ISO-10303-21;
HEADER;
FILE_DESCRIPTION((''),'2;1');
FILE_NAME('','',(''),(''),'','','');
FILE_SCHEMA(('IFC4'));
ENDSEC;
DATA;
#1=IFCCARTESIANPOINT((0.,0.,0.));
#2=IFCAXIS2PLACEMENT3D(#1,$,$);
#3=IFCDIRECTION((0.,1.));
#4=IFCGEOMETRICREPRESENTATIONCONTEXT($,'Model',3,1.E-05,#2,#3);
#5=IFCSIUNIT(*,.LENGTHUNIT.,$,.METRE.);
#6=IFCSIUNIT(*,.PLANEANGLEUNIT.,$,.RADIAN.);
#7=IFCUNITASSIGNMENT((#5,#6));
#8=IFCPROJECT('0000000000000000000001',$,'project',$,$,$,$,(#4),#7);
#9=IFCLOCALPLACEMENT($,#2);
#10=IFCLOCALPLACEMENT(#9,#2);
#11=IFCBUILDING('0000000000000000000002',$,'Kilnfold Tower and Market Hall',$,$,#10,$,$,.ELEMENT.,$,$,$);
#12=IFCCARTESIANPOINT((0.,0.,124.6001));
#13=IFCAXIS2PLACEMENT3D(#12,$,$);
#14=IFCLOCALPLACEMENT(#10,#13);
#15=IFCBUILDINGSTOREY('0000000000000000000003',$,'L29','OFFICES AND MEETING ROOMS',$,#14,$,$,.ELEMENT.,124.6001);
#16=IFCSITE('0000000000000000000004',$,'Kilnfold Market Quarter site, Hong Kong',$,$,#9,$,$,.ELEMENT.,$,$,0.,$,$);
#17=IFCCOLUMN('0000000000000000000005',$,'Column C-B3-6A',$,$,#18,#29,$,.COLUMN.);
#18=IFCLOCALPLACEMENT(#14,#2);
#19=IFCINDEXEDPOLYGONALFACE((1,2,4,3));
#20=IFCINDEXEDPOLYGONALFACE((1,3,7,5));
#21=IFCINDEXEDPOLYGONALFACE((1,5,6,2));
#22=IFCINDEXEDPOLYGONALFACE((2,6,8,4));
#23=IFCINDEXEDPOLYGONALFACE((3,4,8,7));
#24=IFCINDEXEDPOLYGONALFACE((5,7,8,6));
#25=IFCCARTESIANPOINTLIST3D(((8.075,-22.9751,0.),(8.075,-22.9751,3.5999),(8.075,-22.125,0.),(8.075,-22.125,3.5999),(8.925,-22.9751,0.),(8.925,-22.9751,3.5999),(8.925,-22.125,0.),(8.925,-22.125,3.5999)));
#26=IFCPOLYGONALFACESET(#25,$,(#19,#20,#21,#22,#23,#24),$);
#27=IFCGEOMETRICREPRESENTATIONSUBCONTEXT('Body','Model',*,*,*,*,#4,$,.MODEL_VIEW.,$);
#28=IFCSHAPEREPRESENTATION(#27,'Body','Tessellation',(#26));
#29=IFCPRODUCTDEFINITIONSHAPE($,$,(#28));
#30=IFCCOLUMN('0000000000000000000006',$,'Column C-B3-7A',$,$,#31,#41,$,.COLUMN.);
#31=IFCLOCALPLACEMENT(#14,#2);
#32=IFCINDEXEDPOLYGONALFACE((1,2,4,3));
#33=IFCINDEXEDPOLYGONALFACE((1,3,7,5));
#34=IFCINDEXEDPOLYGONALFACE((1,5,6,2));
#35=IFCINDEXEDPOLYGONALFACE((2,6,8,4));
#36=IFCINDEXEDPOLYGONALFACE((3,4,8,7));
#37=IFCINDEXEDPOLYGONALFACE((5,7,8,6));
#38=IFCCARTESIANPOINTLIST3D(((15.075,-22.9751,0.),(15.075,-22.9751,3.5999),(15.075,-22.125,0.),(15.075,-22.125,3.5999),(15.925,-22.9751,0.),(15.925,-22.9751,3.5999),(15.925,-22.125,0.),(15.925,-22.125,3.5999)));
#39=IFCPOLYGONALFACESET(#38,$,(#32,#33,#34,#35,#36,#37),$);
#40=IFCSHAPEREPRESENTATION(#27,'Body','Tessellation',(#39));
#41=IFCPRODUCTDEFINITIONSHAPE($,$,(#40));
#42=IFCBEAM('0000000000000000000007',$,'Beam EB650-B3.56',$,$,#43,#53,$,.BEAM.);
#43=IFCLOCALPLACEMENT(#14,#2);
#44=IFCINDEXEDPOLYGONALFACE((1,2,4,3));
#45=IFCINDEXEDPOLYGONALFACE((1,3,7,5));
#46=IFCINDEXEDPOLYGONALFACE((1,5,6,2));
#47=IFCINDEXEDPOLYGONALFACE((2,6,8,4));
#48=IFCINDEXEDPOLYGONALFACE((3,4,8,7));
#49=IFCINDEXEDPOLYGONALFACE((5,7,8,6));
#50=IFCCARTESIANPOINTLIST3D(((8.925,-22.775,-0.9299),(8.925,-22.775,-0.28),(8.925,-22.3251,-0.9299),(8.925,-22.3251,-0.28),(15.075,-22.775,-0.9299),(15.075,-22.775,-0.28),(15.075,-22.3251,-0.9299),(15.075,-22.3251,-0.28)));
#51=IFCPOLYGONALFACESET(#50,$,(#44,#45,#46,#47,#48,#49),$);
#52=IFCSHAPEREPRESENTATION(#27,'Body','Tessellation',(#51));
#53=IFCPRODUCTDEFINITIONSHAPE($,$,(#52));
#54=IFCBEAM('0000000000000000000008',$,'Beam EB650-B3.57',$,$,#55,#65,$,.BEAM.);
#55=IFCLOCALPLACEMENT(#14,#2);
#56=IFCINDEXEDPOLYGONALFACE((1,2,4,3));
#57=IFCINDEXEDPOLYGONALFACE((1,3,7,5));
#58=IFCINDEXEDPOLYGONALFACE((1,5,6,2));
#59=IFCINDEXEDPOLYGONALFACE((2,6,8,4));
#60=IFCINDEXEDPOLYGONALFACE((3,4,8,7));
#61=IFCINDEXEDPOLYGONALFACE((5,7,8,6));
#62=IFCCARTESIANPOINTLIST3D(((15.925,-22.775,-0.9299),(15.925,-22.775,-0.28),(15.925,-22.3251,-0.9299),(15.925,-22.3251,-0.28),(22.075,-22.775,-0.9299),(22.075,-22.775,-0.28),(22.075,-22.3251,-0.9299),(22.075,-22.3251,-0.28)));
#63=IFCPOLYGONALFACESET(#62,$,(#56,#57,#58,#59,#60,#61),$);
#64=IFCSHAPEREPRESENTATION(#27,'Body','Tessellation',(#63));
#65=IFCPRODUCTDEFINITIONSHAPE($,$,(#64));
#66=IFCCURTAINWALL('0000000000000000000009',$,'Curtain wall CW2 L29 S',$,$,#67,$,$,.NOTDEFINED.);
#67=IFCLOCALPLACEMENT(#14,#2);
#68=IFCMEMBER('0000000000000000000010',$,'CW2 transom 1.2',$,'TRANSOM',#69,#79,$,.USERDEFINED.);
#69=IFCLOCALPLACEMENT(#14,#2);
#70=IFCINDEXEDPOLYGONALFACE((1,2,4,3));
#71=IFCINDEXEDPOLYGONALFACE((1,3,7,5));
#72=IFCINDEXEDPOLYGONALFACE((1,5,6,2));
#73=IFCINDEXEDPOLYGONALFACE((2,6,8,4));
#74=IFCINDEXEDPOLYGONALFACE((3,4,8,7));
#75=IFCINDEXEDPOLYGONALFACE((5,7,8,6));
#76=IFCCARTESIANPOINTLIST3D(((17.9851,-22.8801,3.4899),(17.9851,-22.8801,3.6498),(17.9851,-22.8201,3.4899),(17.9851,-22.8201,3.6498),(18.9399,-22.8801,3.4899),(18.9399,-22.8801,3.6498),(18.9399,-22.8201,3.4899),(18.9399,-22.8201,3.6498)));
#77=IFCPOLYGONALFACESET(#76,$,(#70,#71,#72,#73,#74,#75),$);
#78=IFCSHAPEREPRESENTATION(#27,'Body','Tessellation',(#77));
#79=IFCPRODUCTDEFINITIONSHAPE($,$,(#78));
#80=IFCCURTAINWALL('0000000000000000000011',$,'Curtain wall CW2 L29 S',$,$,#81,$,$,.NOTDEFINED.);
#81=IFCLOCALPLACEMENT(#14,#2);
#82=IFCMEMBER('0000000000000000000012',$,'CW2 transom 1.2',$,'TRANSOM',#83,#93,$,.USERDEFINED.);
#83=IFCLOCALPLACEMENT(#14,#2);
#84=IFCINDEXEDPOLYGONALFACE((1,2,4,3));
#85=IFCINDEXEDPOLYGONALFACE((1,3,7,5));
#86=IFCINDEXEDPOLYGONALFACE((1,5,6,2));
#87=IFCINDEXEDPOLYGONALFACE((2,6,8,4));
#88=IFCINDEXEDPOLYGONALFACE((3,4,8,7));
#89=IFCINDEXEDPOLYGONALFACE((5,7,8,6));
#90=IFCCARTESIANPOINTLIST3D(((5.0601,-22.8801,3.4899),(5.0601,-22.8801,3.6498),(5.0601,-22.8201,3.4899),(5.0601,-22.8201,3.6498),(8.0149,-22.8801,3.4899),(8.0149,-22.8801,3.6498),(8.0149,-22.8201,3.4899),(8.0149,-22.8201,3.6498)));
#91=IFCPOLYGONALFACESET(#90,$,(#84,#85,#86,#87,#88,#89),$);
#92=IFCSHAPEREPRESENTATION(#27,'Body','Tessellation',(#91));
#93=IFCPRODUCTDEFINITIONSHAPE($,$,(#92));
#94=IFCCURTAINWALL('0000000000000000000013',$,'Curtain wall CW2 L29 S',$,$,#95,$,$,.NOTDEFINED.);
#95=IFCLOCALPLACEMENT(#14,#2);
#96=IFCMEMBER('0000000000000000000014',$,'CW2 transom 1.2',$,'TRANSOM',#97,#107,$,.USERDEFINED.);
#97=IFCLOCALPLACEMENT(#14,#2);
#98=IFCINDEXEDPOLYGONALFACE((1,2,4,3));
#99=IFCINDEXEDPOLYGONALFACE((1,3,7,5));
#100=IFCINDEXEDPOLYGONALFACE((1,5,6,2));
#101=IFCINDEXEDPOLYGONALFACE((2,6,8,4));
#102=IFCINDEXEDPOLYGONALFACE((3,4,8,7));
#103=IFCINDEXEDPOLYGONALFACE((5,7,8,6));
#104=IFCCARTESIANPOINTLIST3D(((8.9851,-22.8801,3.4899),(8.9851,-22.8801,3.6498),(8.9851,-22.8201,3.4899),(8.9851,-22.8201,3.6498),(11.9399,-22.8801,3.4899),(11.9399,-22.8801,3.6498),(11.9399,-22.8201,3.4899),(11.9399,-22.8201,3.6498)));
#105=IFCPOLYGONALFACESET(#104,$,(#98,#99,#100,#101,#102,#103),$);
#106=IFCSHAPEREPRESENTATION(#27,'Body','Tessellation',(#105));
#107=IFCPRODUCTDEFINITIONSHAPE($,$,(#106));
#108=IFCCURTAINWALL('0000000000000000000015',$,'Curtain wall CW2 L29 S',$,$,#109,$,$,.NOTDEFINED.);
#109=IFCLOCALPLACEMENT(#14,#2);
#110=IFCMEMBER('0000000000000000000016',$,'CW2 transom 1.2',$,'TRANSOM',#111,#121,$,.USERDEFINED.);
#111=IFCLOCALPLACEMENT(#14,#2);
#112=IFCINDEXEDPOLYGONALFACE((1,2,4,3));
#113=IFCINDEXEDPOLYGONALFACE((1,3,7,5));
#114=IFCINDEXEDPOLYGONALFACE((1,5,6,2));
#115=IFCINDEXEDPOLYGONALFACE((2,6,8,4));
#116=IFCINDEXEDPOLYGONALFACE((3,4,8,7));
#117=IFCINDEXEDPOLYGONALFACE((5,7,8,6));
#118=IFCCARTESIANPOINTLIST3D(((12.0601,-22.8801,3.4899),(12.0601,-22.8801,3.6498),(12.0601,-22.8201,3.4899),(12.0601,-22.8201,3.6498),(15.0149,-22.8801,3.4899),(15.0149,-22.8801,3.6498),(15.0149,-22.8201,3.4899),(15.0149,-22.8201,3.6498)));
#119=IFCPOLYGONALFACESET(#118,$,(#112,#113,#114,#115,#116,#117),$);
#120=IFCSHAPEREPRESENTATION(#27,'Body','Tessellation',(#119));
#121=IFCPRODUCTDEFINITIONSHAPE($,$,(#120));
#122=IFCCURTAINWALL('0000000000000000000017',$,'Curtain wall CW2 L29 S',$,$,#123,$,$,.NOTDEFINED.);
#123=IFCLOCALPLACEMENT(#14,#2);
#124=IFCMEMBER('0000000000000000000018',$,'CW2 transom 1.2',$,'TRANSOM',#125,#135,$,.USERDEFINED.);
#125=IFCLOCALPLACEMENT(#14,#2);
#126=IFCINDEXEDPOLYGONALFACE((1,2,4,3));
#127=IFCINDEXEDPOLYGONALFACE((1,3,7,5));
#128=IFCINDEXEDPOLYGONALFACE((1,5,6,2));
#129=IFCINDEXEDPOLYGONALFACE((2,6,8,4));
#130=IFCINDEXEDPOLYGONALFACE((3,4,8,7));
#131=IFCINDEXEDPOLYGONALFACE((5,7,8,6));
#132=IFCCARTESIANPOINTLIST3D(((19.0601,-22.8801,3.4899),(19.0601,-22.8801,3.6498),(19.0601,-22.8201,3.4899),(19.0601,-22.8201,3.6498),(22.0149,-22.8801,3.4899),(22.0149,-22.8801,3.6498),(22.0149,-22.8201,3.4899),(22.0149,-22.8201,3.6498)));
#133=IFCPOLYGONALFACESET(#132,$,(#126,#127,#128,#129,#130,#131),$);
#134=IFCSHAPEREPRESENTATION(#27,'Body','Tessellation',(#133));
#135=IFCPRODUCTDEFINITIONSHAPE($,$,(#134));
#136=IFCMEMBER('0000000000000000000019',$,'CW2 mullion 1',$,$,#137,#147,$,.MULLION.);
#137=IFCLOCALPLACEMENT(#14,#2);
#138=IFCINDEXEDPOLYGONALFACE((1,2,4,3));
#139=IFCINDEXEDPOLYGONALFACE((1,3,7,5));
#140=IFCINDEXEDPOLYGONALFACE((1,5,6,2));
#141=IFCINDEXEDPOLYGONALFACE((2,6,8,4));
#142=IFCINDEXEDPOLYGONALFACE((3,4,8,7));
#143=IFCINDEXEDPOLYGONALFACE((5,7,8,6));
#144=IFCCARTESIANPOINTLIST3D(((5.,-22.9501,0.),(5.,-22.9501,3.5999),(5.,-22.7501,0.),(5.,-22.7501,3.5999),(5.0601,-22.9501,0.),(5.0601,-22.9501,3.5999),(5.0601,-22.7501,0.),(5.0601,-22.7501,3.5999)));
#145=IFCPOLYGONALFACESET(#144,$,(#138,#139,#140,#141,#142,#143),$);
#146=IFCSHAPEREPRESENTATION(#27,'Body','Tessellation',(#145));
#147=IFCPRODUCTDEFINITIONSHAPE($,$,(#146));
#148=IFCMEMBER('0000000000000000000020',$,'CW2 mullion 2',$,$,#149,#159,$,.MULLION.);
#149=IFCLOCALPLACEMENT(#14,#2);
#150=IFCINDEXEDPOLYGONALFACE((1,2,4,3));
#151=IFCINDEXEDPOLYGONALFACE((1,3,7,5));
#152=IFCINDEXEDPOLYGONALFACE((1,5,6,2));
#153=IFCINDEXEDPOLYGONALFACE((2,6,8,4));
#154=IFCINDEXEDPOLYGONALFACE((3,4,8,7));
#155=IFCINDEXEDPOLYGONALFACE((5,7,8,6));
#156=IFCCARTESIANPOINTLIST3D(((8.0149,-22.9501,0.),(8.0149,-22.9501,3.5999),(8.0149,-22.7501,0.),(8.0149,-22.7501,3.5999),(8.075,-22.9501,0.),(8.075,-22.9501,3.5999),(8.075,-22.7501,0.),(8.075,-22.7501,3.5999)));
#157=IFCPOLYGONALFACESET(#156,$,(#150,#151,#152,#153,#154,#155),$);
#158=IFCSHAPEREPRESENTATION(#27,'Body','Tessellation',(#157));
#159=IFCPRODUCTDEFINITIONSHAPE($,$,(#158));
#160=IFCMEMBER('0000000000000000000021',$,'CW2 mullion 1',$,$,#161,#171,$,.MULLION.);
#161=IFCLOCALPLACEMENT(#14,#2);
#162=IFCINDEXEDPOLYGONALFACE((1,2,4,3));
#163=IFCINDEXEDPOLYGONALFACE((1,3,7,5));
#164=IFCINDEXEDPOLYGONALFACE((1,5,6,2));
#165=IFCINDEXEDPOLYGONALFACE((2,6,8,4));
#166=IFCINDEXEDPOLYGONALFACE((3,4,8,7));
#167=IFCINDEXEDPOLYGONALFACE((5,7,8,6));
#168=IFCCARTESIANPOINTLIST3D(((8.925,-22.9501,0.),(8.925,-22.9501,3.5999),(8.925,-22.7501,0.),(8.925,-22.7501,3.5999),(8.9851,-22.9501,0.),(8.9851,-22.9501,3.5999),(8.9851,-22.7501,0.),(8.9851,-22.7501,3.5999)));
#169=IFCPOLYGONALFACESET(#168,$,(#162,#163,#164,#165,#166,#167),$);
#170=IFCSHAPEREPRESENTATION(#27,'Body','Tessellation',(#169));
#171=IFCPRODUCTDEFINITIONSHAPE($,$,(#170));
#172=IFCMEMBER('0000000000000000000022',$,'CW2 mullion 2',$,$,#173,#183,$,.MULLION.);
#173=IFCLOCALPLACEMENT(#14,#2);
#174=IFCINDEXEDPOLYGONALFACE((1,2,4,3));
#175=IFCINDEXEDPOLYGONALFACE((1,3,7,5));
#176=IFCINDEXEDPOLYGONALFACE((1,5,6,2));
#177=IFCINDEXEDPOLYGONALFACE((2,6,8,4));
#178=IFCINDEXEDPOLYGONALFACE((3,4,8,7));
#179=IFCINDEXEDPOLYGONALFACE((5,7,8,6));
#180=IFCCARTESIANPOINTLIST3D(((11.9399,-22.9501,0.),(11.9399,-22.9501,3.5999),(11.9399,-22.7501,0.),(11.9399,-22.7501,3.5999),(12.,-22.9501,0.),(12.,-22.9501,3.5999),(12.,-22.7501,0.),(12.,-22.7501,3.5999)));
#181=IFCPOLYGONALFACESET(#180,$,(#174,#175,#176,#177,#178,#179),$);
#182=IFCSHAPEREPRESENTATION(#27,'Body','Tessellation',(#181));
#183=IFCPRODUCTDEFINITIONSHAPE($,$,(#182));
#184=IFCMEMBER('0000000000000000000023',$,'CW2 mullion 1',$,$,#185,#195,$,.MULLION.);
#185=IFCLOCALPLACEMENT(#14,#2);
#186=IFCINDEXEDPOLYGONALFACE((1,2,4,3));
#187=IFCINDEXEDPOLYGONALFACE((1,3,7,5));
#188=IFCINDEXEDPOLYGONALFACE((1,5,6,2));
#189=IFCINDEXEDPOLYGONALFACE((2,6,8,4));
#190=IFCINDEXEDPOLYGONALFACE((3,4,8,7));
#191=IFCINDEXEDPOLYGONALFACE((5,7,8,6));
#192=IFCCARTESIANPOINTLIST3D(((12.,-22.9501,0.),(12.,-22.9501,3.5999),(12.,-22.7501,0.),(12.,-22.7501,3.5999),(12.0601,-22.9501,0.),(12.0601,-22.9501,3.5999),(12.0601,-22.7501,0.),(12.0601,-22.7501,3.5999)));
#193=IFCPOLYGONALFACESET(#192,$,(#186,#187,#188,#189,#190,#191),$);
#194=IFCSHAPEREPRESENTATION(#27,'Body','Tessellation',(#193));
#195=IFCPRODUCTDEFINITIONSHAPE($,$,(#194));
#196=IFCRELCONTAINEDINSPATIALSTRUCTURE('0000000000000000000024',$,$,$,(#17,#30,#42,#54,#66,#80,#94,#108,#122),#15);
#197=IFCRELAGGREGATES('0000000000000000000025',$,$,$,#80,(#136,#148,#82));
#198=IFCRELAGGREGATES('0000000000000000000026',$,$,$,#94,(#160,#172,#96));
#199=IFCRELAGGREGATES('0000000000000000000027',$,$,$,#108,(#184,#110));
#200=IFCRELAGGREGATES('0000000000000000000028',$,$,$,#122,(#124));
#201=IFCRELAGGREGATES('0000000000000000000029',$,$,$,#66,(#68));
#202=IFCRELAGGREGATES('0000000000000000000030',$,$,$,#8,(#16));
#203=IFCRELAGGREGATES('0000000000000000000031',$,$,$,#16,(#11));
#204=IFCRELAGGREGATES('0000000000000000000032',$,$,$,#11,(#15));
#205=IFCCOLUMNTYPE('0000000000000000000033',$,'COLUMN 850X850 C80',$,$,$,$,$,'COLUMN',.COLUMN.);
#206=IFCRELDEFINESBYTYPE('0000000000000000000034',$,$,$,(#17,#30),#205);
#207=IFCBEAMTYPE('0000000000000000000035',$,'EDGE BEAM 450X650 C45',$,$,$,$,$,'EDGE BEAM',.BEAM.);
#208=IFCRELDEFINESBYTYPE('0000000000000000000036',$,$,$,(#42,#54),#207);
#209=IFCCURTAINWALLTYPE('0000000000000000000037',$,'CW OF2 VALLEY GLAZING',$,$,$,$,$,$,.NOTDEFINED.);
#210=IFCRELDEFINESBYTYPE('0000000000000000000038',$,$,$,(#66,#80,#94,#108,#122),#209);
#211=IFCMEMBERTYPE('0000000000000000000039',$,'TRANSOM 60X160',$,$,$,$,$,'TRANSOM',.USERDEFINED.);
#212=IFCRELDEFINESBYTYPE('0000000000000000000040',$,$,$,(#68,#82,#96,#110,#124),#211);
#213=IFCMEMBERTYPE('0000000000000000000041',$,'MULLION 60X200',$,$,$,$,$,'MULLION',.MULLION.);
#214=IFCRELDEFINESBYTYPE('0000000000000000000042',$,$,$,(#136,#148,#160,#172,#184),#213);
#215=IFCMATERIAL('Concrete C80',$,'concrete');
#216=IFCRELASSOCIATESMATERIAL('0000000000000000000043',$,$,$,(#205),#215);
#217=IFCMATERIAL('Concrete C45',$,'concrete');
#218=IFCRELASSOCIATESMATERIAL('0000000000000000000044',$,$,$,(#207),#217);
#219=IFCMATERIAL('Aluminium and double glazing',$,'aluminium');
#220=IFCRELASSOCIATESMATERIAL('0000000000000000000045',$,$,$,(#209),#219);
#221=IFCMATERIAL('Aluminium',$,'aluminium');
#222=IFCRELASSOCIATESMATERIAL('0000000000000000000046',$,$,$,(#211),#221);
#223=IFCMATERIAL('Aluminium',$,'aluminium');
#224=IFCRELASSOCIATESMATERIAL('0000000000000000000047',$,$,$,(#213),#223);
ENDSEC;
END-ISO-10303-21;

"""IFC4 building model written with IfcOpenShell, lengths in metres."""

from ifc_helpers import new_model, si_unit, direction, frame, origin, origin_2d, place, context, subcontext, project, spatial, rectangle, extrude, source, transform, mapped, material, material_profile, profile_set, type_object, element, aggregate, save


model = new_model("IFC4")

# Units and contexts
model_context = context("Model", 3, precision=1e-05, world=origin(), true_north=direction((0.0, 1.0)))
body_context = subcontext(model_context, "Body", "Model", "MODEL_VIEW")
ifc_project = project(units=[si_unit("LENGTHUNIT", "METRE"), si_unit("PLANEANGLEUNIT", "RADIAN")], contexts=[model_context])

# Site, building, storey
site_placement = place(None, origin())
site = spatial("IfcSite", under=ifc_project, at=site_placement, Name="Kilnfold Market Quarter site, Hong Kong", CompositionType="ELEMENT", RefElevation=0.0)
building_placement = place(site_placement, origin())
building = spatial("IfcBuilding", under=site, at=building_placement, Name="Kilnfold Tower and Market Hall", CompositionType="ELEMENT")
storey_placement = place(building_placement, frame((0.0, 0.0, 124.6001)))
storey = spatial("IfcBuildingStorey", under=building, at=storey_placement, Name="L29", Description="OFFICES AND MEETING ROOMS", CompositionType="ELEMENT", Elevation=124.6001)

# Columns
ifc_material_1 = material(Name="Concrete C80", Category="concrete")
ifc_material_profile_1 = material_profile(ifc_material_1, rectangle(XDim=0.8501, YDim=0.8501, at=origin_2d()), Name="RC 850x850")
ifc_profile_set_1 = profile_set([ifc_material_profile_1], Name="Concrete C80")
column_type = type_object("IfcColumnType", Name="COLUMN 850X850 C80", ElementType="COLUMN", PredefinedType="COLUMN", material=ifc_profile_set_1)
shared_shape_1 = source(origin(), body_context, "Body", "SweptSolid", [
    extrude(rectangle(XDim=0.8501, YDim=0.8501, at=origin_2d()), origin(), (0.0, 0.0, 1.0), 3.5999),
])
for number, where, z_axis, x_axis, name in (
    (1, (8.5, -22.55, 0.0), (0.0, 0.0, 1.0), (1.0, 0.0, 0.0), "Column C-B3-6A"),
    (2, (15.5, -22.55, 0.0), (0.0, 0.0, 1.0), (1.0, 0.0, 0.0), "Column C-B3-7A"),
):
    element("IfcColumn", number, at=place(storey_placement, frame(where, z_axis=z_axis, x_axis=x_axis)), inside=storey, type_object=column_type, Name=name, PredefinedType="COLUMN", context=body_context, shape_type="MappedRepresentation", body=[
        mapped(shared_shape_1, transform((0.0, 0.0, 0.0))),
    ])

# Beams
ifc_material_2 = material(Name="Concrete C45", Category="concrete")
ifc_material_profile_2 = material_profile(ifc_material_2, rectangle(XDim=0.45, YDim=0.6499, at=origin_2d()), Name="RC 450x650")
ifc_profile_set_2 = profile_set([ifc_material_profile_2], Name="Concrete C45")
beam_type = type_object("IfcBeamType", Name="EDGE BEAM 450X650 C45", ElementType="EDGE BEAM", PredefinedType="BEAM", material=ifc_profile_set_2)
shared_shape_2 = source(origin(), body_context, "Body", "SweptSolid", [
    extrude(rectangle(XDim=0.45, YDim=0.6499, at=origin_2d()), origin(), (0.0, 0.0, 1.0), 6.1499),
])
for number, where, z_axis, x_axis, name in (
    (3, (8.925, -22.55, -0.605), (1.0, 0.0, 0.0), (0.0, 1.0, 0.0), "Beam EB650-B3.56"),
    (4, (15.925, -22.55, -0.605), (1.0, 0.0, 0.0), (0.0, 1.0, 0.0), "Beam EB650-B3.57"),
):
    element("IfcBeam", number, at=place(storey_placement, frame(where, z_axis=z_axis, x_axis=x_axis)), inside=storey, type_object=beam_type, Name=name, PredefinedType="BEAM", context=body_context, shape_type="MappedRepresentation", body=[
        mapped(shared_shape_2, transform((0.0, 0.0, 0.0))),
    ])

# Curtain walls, members
ifc_material_3 = material(Name="Aluminium and double glazing", Category="aluminium")
curtain_wall_type = type_object("IfcCurtainWallType", Name="CW OF2 VALLEY GLAZING", PredefinedType="NOTDEFINED", material=ifc_material_3)
curtain_wall_1_placement = place(storey_placement, origin())
curtain_wall_1 = element("IfcCurtainWall", 5, at=curtain_wall_1_placement, inside=storey, type_object=curtain_wall_type, Name="Curtain wall CW2 L29 S", PredefinedType="NOTDEFINED")
ifc_material_4 = material(Name="Aluminium", Category="aluminium")
ifc_material_profile_3 = material_profile(ifc_material_4, rectangle(XDim=0.0601, YDim=0.1599, at=origin_2d()), Name="TRANSOM 60x160")
ifc_profile_set_3 = profile_set([ifc_material_profile_3], Name="Aluminium")
member_type_1 = type_object("IfcMemberType", Name="TRANSOM 60X160", ElementType="TRANSOM", PredefinedType="USERDEFINED", material=ifc_profile_set_3)
shared_shape_3 = source(origin(), body_context, "Body", "SweptSolid", [
    extrude(rectangle(XDim=0.0601, YDim=0.1599, at=origin_2d()), origin(), (0.0, 0.0, 1.0), 0.9548),
])
member_1_placement = place(storey_placement, frame((17.9851, -22.8501, 3.5698), z_axis=(1.0, 0.0, 0.0), x_axis=(0.0, 1.0, 0.0)))
member_1 = element("IfcMember", 6, at=member_1_placement, type_object=member_type_1, Name="CW2 transom 1.2", ObjectType="TRANSOM", PredefinedType="USERDEFINED", context=body_context, shape_type="MappedRepresentation", body=[
    mapped(shared_shape_3, transform((0.0, 0.0, 0.0))),
])
curtain_wall_2_placement = place(storey_placement, origin())
curtain_wall_2 = element("IfcCurtainWall", 7, at=curtain_wall_2_placement, inside=storey, type_object=curtain_wall_type, Name="Curtain wall CW2 L29 S", PredefinedType="NOTDEFINED")
shared_shape_4 = source(origin(), body_context, "Body", "SweptSolid", [
    extrude(rectangle(XDim=0.0601, YDim=0.1599, at=origin_2d()), origin(), (0.0, 0.0, 1.0), 2.9548),
])
member_2_placement = place(storey_placement, frame((5.0601, -22.8501, 3.5698), z_axis=(1.0, 0.0, 0.0), x_axis=(0.0, 1.0, 0.0)))
member_2 = element("IfcMember", 8, at=member_2_placement, type_object=member_type_1, Name="CW2 transom 1.2", ObjectType="TRANSOM", PredefinedType="USERDEFINED", context=body_context, shape_type="MappedRepresentation", body=[
    mapped(shared_shape_4, transform((0.0, 0.0, 0.0))),
])
curtain_wall_3_placement = place(storey_placement, origin())
curtain_wall_3 = element("IfcCurtainWall", 9, at=curtain_wall_3_placement, inside=storey, type_object=curtain_wall_type, Name="Curtain wall CW2 L29 S", PredefinedType="NOTDEFINED")
member_3_placement = place(storey_placement, frame((8.9851, -22.8501, 3.5698), z_axis=(1.0, 0.0, 0.0), x_axis=(0.0, 1.0, 0.0)))
member_3 = element("IfcMember", 10, at=member_3_placement, type_object=member_type_1, Name="CW2 transom 1.2", ObjectType="TRANSOM", PredefinedType="USERDEFINED", context=body_context, shape_type="MappedRepresentation", body=[
    mapped(shared_shape_4, transform((0.0, 0.0, 0.0))),
])
curtain_wall_4_placement = place(storey_placement, origin())
curtain_wall_4 = element("IfcCurtainWall", 11, at=curtain_wall_4_placement, inside=storey, type_object=curtain_wall_type, Name="Curtain wall CW2 L29 S", PredefinedType="NOTDEFINED")
member_4_placement = place(storey_placement, frame((12.0601, -22.8501, 3.5698), z_axis=(1.0, 0.0, 0.0), x_axis=(0.0, 1.0, 0.0)))
member_4 = element("IfcMember", 12, at=member_4_placement, type_object=member_type_1, Name="CW2 transom 1.2", ObjectType="TRANSOM", PredefinedType="USERDEFINED", context=body_context, shape_type="MappedRepresentation", body=[
    mapped(shared_shape_4, transform((0.0, 0.0, 0.0))),
])
curtain_wall_5_placement = place(storey_placement, origin())
curtain_wall_5 = element("IfcCurtainWall", 13, at=curtain_wall_5_placement, inside=storey, type_object=curtain_wall_type, Name="Curtain wall CW2 L29 S", PredefinedType="NOTDEFINED")
member_5_placement = place(storey_placement, frame((19.0601, -22.8501, 3.5698), z_axis=(1.0, 0.0, 0.0), x_axis=(0.0, 1.0, 0.0)))
member_5 = element("IfcMember", 14, at=member_5_placement, type_object=member_type_1, Name="CW2 transom 1.2", ObjectType="TRANSOM", PredefinedType="USERDEFINED", context=body_context, shape_type="MappedRepresentation", body=[
    mapped(shared_shape_4, transform((0.0, 0.0, 0.0))),
])

# Members
ifc_material_5 = material(Name="Aluminium", Category="aluminium")
ifc_material_profile_4 = material_profile(ifc_material_5, rectangle(XDim=0.0601, YDim=0.2, at=origin_2d()), Name="MULLION 60x200")
ifc_profile_set_4 = profile_set([ifc_material_profile_4], Name="Aluminium")
member_type_2 = type_object("IfcMemberType", Name="MULLION 60X200", ElementType="MULLION", PredefinedType="MULLION", material=ifc_profile_set_4)
shared_shape_5 = source(origin(), body_context, "Body", "SweptSolid", [
    extrude(rectangle(XDim=0.0601, YDim=0.2, at=origin_2d()), origin(), (0.0, 0.0, 1.0), 3.5999),
])
member_6_placement = place(storey_placement, frame((5.03, -22.8501, 0.0), z_axis=(0.0, 0.0, 1.0), x_axis=(1.0, 0.0, 0.0)))
member_6 = element("IfcMember", 15, at=member_6_placement, type_object=member_type_2, Name="CW2 mullion 1", PredefinedType="MULLION", context=body_context, shape_type="MappedRepresentation", body=[
    mapped(shared_shape_5, transform((0.0, 0.0, 0.0))),
])
member_7_placement = place(storey_placement, frame((8.0449, -22.8501, 0.0), z_axis=(0.0, 0.0, 1.0), x_axis=(1.0, 0.0, 0.0)))
member_7 = element("IfcMember", 16, at=member_7_placement, type_object=member_type_2, Name="CW2 mullion 2", PredefinedType="MULLION", context=body_context, shape_type="MappedRepresentation", body=[
    mapped(shared_shape_5, transform((0.0, 0.0, 0.0))),
])
member_8_placement = place(storey_placement, frame((8.9551, -22.8501, 0.0), z_axis=(0.0, 0.0, 1.0), x_axis=(1.0, 0.0, 0.0)))
member_8 = element("IfcMember", 17, at=member_8_placement, type_object=member_type_2, Name="CW2 mullion 1", PredefinedType="MULLION", context=body_context, shape_type="MappedRepresentation", body=[
    mapped(shared_shape_5, transform((0.0, 0.0, 0.0))),
])
member_9_placement = place(storey_placement, frame((11.97, -22.8501, 0.0), z_axis=(0.0, 0.0, 1.0), x_axis=(1.0, 0.0, 0.0)))
member_9 = element("IfcMember", 18, at=member_9_placement, type_object=member_type_2, Name="CW2 mullion 2", PredefinedType="MULLION", context=body_context, shape_type="MappedRepresentation", body=[
    mapped(shared_shape_5, transform((0.0, 0.0, 0.0))),
])
member_10_placement = place(storey_placement, frame((12.03, -22.8501, 0.0), z_axis=(0.0, 0.0, 1.0), x_axis=(1.0, 0.0, 0.0)))
member_10 = element("IfcMember", 19, at=member_10_placement, type_object=member_type_2, Name="CW2 mullion 1", PredefinedType="MULLION", context=body_context, shape_type="MappedRepresentation", body=[
    mapped(shared_shape_5, transform((0.0, 0.0, 0.0))),
])

aggregate(curtain_wall_2, [member_6, member_7, member_2])
aggregate(curtain_wall_3, [member_8, member_9, member_3])
aggregate(curtain_wall_4, [member_10, member_4])
aggregate(curtain_wall_5, [member_5])
aggregate(curtain_wall_1, [member_1])

save(model, "model.ifc")
